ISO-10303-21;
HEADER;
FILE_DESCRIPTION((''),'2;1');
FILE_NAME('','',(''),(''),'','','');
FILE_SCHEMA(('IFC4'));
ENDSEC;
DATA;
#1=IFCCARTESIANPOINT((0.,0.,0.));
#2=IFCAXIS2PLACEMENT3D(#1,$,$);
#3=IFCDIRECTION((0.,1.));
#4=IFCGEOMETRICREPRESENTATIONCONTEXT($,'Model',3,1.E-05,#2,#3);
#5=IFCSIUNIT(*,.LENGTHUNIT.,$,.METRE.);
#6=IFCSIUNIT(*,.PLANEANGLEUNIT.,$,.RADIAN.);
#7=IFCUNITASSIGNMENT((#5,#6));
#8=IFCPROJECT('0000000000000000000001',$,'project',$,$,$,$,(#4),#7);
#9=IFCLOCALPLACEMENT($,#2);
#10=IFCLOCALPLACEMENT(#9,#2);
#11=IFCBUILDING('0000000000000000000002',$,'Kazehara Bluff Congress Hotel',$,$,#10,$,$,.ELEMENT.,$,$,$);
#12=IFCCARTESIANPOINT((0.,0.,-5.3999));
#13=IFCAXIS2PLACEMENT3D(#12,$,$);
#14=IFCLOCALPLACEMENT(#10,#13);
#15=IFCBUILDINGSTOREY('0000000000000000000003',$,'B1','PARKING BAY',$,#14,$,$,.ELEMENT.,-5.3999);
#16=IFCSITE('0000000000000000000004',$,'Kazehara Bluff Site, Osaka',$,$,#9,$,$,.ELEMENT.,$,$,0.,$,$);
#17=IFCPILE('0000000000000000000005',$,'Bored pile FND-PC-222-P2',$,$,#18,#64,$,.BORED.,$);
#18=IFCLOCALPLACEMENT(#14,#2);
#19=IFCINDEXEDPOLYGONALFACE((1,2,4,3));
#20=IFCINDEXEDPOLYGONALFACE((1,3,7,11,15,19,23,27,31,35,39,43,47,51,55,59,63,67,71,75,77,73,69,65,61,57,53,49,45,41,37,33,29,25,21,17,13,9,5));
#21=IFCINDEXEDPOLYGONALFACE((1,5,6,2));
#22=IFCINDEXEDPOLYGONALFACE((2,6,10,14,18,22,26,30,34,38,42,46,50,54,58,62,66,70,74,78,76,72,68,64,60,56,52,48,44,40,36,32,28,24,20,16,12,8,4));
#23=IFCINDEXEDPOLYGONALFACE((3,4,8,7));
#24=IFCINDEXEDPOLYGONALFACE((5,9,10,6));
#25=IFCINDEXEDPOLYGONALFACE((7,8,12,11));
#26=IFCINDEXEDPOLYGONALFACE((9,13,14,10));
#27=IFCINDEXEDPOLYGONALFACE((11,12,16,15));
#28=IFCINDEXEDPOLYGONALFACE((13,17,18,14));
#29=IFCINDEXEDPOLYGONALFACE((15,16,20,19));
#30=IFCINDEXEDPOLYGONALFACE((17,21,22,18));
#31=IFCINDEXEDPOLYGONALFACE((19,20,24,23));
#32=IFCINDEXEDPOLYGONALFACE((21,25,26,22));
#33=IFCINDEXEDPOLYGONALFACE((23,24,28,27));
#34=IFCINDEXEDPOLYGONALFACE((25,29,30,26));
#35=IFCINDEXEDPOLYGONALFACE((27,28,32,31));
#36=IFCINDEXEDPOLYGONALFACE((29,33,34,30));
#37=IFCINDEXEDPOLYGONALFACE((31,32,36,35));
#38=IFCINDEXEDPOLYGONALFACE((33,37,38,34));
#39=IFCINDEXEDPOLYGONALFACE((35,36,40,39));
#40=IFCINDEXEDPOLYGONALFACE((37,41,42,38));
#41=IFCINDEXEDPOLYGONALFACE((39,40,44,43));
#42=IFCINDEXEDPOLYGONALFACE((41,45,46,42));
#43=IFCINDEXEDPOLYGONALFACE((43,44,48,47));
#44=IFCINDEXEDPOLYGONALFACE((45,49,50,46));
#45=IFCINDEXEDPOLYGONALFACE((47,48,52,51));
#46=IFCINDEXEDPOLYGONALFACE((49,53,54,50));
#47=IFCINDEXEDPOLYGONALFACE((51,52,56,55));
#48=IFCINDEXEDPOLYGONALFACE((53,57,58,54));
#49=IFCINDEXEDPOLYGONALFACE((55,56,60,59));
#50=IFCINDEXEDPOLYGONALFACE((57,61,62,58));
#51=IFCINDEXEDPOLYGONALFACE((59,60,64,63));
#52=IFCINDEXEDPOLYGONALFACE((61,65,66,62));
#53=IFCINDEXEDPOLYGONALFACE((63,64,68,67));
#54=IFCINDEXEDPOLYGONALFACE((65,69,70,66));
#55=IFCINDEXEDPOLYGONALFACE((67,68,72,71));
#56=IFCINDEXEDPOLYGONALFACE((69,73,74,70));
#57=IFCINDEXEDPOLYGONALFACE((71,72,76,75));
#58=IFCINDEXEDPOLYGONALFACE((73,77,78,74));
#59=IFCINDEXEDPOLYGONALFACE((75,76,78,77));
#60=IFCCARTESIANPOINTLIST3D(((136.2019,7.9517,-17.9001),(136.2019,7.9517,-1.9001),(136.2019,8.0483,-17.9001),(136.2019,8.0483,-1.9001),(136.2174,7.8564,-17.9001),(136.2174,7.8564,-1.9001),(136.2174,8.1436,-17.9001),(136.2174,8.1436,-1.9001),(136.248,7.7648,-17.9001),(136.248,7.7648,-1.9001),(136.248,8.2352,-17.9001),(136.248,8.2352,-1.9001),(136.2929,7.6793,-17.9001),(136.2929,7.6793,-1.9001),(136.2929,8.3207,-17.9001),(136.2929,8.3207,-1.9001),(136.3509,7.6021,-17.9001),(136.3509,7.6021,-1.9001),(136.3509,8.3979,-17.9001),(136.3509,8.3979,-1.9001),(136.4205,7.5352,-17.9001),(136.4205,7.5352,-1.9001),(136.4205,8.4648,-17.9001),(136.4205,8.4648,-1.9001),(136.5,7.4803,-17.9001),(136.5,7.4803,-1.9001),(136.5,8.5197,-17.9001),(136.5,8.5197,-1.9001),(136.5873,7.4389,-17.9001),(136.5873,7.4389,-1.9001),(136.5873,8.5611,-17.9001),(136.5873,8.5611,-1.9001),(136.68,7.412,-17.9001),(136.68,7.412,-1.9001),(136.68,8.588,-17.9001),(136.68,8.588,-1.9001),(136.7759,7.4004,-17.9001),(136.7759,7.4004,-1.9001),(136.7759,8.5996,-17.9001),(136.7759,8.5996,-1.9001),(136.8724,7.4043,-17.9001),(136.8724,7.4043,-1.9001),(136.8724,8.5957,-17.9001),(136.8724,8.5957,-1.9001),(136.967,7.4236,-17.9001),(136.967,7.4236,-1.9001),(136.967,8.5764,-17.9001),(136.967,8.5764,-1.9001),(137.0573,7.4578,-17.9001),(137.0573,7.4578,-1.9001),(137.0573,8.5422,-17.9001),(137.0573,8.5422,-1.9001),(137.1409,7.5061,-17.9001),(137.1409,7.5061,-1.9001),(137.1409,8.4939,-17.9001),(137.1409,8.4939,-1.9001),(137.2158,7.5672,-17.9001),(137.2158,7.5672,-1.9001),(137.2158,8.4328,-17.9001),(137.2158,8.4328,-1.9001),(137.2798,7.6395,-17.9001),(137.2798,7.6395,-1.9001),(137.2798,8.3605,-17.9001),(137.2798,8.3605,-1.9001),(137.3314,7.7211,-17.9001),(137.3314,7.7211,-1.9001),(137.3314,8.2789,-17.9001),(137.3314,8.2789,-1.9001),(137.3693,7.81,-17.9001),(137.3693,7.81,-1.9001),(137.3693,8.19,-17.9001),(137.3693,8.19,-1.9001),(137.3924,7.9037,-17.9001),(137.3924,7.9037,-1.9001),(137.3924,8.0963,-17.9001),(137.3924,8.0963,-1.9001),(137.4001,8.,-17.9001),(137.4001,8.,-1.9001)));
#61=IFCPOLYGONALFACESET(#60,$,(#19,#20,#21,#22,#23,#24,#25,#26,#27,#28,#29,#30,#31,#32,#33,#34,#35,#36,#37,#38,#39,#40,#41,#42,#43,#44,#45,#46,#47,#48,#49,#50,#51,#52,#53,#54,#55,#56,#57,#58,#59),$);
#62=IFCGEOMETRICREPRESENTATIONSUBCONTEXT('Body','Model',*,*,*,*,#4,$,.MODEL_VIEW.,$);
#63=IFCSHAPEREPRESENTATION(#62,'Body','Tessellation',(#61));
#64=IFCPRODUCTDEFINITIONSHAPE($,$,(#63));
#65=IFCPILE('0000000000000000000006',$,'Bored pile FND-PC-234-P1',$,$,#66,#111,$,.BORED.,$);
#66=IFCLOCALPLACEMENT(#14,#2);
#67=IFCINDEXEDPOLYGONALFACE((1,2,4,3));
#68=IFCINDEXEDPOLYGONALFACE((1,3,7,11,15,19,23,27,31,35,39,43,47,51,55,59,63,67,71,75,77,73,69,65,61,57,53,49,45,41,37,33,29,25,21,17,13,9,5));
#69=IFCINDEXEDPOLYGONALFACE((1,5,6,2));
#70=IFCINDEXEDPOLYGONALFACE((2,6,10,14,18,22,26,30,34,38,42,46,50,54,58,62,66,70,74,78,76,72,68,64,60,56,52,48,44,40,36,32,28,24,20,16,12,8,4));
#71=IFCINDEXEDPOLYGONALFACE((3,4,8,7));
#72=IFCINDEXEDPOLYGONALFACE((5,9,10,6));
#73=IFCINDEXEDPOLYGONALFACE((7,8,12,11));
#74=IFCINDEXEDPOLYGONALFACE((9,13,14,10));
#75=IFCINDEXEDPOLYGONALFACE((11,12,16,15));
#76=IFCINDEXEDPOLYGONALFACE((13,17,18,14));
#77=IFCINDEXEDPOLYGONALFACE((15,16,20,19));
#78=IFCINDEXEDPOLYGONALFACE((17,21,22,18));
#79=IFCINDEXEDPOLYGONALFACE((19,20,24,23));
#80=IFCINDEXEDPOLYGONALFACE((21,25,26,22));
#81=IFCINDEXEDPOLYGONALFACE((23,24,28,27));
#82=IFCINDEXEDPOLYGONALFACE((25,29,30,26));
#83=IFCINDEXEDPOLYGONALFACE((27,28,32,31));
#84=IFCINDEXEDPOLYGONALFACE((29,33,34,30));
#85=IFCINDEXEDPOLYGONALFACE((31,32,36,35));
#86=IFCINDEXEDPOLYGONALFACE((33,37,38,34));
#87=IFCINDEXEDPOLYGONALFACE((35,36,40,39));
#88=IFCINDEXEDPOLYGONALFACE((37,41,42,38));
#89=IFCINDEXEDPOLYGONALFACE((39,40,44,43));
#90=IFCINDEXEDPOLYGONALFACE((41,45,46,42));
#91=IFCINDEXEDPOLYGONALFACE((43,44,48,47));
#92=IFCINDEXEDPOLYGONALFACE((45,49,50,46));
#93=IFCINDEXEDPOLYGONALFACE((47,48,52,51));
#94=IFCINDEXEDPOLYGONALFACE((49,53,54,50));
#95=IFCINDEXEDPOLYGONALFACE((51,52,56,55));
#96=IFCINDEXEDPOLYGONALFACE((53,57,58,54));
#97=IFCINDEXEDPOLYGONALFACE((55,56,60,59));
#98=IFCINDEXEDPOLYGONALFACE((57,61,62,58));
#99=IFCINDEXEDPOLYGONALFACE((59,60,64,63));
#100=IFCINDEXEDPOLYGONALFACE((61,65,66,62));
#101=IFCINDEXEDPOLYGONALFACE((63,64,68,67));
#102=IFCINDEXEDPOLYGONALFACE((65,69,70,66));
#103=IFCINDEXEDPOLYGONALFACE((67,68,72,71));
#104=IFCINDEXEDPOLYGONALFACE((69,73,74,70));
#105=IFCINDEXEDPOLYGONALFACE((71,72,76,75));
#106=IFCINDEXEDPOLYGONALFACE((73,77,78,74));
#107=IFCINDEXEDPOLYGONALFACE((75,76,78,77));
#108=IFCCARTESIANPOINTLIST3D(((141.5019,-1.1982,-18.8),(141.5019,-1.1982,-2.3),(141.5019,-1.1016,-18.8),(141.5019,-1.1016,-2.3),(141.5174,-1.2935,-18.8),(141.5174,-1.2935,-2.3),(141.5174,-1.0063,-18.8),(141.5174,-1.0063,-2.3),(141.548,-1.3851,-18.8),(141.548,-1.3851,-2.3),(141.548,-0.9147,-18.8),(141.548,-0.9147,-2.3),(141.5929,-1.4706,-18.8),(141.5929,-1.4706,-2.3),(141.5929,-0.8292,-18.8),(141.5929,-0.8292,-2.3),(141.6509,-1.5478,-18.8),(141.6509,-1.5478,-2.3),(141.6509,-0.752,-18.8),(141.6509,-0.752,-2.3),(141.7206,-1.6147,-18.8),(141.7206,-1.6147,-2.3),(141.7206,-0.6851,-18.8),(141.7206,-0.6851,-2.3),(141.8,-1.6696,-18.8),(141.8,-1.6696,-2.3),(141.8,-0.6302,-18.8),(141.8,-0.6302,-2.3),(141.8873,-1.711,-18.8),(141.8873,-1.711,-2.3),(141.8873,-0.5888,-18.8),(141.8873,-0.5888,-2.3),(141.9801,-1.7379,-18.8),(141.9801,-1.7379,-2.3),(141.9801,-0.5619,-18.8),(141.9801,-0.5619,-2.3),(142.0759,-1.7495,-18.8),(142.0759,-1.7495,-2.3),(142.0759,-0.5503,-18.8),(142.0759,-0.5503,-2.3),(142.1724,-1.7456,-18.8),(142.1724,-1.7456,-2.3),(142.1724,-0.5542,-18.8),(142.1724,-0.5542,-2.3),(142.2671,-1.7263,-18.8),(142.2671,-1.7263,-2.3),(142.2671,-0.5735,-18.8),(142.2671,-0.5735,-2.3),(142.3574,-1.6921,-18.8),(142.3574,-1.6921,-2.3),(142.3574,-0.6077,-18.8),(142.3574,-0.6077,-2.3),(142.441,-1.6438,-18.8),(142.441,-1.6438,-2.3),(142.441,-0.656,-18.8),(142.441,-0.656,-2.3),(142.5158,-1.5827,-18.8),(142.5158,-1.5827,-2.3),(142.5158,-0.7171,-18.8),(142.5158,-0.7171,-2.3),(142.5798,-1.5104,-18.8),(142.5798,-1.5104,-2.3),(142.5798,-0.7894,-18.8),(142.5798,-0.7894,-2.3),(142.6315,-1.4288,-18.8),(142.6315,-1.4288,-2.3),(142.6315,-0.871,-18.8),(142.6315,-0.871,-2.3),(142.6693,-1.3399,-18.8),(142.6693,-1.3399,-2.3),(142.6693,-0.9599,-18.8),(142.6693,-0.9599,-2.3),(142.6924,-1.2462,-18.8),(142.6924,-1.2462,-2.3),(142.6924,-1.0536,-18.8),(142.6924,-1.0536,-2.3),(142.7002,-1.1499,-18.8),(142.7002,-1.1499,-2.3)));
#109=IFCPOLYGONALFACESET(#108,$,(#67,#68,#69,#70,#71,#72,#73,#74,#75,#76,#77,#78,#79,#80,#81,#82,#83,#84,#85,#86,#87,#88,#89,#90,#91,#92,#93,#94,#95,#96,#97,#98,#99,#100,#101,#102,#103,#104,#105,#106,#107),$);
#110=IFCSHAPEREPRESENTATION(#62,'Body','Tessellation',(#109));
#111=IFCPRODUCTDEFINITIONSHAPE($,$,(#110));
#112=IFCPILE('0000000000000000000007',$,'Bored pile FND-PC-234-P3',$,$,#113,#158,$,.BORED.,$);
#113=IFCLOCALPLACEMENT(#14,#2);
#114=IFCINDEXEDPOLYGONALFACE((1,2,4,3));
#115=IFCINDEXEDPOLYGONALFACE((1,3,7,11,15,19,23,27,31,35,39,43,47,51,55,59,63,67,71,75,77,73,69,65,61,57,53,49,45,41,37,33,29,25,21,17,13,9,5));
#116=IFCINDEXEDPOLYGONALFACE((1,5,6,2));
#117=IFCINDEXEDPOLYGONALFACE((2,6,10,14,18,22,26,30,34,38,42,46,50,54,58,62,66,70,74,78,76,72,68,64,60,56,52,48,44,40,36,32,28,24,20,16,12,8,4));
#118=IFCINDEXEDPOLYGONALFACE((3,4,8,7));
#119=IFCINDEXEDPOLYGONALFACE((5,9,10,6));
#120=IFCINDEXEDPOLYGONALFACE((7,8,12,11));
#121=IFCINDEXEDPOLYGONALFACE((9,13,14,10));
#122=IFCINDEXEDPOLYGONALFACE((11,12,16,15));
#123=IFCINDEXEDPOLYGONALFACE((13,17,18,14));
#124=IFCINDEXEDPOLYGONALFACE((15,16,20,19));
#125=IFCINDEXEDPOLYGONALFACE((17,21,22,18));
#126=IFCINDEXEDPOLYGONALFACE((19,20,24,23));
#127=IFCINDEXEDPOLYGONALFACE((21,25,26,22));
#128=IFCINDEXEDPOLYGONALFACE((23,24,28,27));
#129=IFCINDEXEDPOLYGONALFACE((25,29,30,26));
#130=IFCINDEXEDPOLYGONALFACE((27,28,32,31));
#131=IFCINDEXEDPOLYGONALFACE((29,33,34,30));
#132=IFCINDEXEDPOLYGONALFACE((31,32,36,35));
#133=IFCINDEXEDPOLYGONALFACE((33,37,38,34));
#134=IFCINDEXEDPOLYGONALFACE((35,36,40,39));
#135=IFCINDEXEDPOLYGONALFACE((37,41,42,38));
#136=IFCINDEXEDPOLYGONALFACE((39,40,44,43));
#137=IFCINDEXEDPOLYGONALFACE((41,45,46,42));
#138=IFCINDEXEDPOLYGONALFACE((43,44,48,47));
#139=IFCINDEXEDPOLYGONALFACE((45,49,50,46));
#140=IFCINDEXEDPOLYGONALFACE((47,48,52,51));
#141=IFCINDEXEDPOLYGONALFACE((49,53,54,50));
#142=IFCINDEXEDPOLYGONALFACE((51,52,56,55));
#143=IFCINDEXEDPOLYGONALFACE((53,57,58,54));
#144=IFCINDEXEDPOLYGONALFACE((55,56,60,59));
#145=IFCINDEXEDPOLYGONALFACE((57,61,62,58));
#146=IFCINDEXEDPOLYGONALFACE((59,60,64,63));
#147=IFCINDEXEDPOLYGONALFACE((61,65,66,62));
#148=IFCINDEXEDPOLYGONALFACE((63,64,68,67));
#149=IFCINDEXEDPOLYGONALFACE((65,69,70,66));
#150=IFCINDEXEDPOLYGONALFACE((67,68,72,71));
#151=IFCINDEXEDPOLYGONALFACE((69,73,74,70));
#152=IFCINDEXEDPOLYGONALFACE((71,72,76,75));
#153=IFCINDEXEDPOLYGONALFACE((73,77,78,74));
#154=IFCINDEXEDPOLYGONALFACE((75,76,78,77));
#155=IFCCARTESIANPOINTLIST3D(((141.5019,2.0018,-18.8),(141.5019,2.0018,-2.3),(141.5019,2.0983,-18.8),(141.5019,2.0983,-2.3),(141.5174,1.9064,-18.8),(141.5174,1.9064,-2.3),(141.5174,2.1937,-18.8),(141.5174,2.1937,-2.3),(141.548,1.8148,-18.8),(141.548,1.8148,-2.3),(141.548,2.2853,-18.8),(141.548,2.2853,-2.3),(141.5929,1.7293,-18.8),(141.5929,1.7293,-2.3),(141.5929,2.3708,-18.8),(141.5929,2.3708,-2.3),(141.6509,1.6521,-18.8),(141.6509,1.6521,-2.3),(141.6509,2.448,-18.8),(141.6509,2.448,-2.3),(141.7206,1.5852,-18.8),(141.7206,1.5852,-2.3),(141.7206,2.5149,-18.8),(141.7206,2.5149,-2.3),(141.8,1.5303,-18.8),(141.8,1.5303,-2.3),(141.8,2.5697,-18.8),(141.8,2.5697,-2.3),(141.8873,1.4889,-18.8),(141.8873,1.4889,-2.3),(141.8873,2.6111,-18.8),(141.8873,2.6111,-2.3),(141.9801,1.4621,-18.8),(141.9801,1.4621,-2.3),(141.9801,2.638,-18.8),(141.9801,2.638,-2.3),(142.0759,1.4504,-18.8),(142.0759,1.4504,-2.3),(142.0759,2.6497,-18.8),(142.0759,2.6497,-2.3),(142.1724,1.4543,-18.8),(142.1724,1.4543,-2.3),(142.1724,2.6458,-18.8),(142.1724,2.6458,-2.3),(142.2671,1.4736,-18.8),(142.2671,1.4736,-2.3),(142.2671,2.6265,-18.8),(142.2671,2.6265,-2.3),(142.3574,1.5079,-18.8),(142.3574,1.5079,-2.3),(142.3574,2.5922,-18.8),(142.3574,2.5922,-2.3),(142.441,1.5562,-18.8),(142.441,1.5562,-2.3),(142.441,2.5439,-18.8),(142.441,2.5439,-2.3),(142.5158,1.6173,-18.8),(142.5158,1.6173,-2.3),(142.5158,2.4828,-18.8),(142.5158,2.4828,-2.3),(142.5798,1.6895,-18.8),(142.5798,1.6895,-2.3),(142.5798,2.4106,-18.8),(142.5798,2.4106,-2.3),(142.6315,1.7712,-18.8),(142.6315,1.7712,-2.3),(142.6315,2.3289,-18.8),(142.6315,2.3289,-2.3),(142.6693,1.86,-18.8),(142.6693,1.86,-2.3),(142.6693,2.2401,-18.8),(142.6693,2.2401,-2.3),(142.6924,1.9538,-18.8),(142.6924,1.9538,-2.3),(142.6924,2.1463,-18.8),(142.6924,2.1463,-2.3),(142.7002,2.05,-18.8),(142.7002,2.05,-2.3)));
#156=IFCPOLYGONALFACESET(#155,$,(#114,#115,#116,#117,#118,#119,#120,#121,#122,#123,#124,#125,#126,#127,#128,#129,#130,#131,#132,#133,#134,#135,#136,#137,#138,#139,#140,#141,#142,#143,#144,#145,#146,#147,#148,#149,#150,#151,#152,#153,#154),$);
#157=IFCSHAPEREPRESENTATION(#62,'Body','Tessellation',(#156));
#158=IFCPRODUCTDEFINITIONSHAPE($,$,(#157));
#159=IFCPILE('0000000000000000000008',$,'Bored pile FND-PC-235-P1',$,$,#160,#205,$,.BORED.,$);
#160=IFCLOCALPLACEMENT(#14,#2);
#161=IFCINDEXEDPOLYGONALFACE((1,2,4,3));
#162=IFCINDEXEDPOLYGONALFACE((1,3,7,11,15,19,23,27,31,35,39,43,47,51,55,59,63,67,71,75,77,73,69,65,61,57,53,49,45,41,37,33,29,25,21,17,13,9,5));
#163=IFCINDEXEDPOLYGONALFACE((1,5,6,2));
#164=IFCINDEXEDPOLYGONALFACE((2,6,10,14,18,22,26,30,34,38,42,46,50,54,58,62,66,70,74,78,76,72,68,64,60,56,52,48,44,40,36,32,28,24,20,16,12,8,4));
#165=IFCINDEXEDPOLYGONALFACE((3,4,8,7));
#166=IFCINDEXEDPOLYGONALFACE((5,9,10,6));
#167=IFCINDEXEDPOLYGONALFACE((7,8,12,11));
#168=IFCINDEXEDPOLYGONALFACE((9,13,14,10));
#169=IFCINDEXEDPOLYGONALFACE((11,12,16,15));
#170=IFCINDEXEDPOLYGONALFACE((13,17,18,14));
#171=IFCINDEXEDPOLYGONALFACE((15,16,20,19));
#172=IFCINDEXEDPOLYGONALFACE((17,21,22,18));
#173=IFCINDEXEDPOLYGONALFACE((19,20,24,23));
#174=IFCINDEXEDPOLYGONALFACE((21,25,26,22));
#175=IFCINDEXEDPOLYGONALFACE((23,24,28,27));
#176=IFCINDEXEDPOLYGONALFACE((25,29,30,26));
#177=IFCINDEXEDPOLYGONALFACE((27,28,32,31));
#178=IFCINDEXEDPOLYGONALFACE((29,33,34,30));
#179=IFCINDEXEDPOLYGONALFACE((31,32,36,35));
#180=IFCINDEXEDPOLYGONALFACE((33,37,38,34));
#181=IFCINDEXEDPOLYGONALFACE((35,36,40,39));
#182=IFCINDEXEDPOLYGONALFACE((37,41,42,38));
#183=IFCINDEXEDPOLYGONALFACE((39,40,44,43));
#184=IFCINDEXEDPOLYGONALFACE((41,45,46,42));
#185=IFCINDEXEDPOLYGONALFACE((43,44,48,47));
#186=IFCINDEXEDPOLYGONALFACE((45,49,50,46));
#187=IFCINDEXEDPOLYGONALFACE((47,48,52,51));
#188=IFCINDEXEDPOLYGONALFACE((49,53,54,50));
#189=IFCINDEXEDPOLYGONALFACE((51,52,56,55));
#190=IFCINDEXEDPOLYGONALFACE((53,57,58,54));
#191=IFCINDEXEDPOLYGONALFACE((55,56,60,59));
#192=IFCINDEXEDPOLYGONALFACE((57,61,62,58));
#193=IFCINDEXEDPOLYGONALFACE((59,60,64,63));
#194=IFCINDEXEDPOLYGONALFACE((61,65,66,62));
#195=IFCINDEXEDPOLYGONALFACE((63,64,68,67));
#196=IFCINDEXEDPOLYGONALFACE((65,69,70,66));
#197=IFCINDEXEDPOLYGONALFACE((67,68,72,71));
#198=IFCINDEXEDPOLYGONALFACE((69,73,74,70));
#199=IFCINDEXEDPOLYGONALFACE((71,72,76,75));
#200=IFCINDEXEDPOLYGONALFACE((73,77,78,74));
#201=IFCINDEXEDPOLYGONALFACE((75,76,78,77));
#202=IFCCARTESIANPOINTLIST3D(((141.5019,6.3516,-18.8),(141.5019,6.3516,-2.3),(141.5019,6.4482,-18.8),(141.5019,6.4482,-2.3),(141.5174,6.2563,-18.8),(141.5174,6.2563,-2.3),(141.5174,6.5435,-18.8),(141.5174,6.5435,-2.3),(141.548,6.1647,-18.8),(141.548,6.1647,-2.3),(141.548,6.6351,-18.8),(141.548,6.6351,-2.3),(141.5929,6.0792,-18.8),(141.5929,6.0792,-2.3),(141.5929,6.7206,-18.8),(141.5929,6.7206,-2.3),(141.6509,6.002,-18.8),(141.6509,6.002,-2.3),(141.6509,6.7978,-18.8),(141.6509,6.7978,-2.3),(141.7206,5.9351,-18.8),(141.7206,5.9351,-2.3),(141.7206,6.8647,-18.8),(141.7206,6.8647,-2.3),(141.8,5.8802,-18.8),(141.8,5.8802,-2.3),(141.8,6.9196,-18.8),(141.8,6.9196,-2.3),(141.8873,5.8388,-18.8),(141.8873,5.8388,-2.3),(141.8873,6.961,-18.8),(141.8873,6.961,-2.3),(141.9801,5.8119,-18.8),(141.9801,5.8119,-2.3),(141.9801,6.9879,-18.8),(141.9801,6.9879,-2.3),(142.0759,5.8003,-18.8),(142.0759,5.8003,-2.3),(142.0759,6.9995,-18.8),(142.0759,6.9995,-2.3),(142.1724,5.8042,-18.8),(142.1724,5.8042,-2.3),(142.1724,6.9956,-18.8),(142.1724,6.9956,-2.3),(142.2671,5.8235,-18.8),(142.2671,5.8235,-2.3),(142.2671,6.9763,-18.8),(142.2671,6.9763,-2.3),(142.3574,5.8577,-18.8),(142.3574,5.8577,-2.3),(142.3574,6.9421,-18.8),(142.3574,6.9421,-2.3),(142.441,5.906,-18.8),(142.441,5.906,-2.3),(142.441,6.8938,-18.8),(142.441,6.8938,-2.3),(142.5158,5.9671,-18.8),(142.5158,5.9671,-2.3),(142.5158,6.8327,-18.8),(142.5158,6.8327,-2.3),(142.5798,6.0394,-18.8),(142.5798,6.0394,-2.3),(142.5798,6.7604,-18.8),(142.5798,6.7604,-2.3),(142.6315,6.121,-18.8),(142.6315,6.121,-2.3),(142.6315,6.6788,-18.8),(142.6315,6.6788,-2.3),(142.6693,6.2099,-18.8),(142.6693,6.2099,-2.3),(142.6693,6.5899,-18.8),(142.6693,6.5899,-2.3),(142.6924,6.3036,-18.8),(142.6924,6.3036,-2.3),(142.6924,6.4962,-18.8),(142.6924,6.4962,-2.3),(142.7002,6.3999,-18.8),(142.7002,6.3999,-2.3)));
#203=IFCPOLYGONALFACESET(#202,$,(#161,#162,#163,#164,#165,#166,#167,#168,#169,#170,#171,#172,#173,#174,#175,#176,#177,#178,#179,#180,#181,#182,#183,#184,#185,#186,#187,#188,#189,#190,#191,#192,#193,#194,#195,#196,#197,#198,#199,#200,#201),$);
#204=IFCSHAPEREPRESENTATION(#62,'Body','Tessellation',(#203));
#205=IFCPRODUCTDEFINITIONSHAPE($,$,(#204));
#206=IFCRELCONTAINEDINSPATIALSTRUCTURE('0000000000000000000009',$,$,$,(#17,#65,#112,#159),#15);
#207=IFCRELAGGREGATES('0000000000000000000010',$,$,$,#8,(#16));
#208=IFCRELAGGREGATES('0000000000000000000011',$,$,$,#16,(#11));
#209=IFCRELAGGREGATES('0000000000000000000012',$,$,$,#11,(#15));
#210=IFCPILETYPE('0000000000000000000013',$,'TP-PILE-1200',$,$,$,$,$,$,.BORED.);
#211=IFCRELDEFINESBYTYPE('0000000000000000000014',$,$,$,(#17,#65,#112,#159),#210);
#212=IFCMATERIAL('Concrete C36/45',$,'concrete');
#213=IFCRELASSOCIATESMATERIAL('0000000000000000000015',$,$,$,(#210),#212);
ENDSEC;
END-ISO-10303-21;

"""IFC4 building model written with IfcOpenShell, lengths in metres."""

from ifc_helpers import new_model, si_unit, direction, frame, origin, origin_2d, place, context, subcontext, project, spatial, circle, extrude, material, material_profile, profile_set, type_object, element, save


model = new_model("IFC4")

# Units and contexts
model_context = context("Model", 3, precision=1e-05, world=origin(), true_north=direction((0.0, 1.0)))
body_context = subcontext(model_context, "Body", "Model", "MODEL_VIEW")
ifc_project = project(units=[si_unit("LENGTHUNIT", "METRE"), si_unit("PLANEANGLEUNIT", "RADIAN")], contexts=[model_context])

# Site, building, storey
site_placement = place(None, origin())
site = spatial("IfcSite", under=ifc_project, at=site_placement, Name="Kazehara Bluff Site, Osaka", CompositionType="ELEMENT", RefElevation=0.0)
building_placement = place(site_placement, origin())
building = spatial("IfcBuilding", under=site, at=building_placement, Name="Kazehara Bluff Congress Hotel", CompositionType="ELEMENT")
storey_placement = place(building_placement, frame((0.0, 0.0, -5.3999)))
storey = spatial("IfcBuildingStorey", under=building, at=storey_placement, Name="B1", Description="PARKING BAY", CompositionType="ELEMENT", Elevation=-5.3999)

# Piles
ifc_material_1 = material(Name="Concrete C36/45", Category="concrete")
ifc_material_profile_1 = material_profile(ifc_material_1, circle(Radius=0.6001, at=origin_2d()))
ifc_profile_set_1 = profile_set([ifc_material_profile_1], Name="Concrete C36/45")
pile_type_1 = type_object("IfcPileType", Name="TP-PILE-1200", PredefinedType="BORED", material=ifc_profile_set_1)
for number, where, z_axis, x_axis, name in (
    (1, (136.8, 8.0, -1.9001), (0.0, 0.0, -1.0), (1.0, 0.0, 0.0), "Bored pile FND-PC-222-P2"),
):
    element("IfcPile", number, at=place(storey_placement, frame(where, z_axis=z_axis, x_axis=x_axis)), inside=storey, type_object=pile_type_1, Name=name, PredefinedType="BORED", context=body_context, shape_type="SweptSolid", body=[
        extrude(circle(Radius=0.6001, at=origin_2d()), origin(), (0.0, 0.0, 1.0), 16.0),
    ])
for number, where, z_axis, x_axis, name in (
    (2, (142.1001, -1.1499, -2.3), (0.0, 0.0, -1.0), (1.0, 0.0, 0.0), "Bored pile FND-PC-234-P1"),
    (3, (142.1001, 2.05, -2.3), (0.0, 0.0, -1.0), (1.0, 0.0, 0.0), "Bored pile FND-PC-234-P3"),
    (4, (142.1001, 6.3999, -2.3), (0.0, 0.0, -1.0), (1.0, 0.0, 0.0), "Bored pile FND-PC-235-P1"),
):
    element("IfcPile", number, at=place(storey_placement, frame(where, z_axis=z_axis, x_axis=x_axis)), inside=storey, type_object=pile_type_1, Name=name, PredefinedType="BORED", context=body_context, shape_type="SweptSolid", body=[
        extrude(circle(Radius=0.6001, at=origin_2d()), origin(), (0.0, 0.0, 1.0), 16.5),
    ])

save(model, "model.ifc")
